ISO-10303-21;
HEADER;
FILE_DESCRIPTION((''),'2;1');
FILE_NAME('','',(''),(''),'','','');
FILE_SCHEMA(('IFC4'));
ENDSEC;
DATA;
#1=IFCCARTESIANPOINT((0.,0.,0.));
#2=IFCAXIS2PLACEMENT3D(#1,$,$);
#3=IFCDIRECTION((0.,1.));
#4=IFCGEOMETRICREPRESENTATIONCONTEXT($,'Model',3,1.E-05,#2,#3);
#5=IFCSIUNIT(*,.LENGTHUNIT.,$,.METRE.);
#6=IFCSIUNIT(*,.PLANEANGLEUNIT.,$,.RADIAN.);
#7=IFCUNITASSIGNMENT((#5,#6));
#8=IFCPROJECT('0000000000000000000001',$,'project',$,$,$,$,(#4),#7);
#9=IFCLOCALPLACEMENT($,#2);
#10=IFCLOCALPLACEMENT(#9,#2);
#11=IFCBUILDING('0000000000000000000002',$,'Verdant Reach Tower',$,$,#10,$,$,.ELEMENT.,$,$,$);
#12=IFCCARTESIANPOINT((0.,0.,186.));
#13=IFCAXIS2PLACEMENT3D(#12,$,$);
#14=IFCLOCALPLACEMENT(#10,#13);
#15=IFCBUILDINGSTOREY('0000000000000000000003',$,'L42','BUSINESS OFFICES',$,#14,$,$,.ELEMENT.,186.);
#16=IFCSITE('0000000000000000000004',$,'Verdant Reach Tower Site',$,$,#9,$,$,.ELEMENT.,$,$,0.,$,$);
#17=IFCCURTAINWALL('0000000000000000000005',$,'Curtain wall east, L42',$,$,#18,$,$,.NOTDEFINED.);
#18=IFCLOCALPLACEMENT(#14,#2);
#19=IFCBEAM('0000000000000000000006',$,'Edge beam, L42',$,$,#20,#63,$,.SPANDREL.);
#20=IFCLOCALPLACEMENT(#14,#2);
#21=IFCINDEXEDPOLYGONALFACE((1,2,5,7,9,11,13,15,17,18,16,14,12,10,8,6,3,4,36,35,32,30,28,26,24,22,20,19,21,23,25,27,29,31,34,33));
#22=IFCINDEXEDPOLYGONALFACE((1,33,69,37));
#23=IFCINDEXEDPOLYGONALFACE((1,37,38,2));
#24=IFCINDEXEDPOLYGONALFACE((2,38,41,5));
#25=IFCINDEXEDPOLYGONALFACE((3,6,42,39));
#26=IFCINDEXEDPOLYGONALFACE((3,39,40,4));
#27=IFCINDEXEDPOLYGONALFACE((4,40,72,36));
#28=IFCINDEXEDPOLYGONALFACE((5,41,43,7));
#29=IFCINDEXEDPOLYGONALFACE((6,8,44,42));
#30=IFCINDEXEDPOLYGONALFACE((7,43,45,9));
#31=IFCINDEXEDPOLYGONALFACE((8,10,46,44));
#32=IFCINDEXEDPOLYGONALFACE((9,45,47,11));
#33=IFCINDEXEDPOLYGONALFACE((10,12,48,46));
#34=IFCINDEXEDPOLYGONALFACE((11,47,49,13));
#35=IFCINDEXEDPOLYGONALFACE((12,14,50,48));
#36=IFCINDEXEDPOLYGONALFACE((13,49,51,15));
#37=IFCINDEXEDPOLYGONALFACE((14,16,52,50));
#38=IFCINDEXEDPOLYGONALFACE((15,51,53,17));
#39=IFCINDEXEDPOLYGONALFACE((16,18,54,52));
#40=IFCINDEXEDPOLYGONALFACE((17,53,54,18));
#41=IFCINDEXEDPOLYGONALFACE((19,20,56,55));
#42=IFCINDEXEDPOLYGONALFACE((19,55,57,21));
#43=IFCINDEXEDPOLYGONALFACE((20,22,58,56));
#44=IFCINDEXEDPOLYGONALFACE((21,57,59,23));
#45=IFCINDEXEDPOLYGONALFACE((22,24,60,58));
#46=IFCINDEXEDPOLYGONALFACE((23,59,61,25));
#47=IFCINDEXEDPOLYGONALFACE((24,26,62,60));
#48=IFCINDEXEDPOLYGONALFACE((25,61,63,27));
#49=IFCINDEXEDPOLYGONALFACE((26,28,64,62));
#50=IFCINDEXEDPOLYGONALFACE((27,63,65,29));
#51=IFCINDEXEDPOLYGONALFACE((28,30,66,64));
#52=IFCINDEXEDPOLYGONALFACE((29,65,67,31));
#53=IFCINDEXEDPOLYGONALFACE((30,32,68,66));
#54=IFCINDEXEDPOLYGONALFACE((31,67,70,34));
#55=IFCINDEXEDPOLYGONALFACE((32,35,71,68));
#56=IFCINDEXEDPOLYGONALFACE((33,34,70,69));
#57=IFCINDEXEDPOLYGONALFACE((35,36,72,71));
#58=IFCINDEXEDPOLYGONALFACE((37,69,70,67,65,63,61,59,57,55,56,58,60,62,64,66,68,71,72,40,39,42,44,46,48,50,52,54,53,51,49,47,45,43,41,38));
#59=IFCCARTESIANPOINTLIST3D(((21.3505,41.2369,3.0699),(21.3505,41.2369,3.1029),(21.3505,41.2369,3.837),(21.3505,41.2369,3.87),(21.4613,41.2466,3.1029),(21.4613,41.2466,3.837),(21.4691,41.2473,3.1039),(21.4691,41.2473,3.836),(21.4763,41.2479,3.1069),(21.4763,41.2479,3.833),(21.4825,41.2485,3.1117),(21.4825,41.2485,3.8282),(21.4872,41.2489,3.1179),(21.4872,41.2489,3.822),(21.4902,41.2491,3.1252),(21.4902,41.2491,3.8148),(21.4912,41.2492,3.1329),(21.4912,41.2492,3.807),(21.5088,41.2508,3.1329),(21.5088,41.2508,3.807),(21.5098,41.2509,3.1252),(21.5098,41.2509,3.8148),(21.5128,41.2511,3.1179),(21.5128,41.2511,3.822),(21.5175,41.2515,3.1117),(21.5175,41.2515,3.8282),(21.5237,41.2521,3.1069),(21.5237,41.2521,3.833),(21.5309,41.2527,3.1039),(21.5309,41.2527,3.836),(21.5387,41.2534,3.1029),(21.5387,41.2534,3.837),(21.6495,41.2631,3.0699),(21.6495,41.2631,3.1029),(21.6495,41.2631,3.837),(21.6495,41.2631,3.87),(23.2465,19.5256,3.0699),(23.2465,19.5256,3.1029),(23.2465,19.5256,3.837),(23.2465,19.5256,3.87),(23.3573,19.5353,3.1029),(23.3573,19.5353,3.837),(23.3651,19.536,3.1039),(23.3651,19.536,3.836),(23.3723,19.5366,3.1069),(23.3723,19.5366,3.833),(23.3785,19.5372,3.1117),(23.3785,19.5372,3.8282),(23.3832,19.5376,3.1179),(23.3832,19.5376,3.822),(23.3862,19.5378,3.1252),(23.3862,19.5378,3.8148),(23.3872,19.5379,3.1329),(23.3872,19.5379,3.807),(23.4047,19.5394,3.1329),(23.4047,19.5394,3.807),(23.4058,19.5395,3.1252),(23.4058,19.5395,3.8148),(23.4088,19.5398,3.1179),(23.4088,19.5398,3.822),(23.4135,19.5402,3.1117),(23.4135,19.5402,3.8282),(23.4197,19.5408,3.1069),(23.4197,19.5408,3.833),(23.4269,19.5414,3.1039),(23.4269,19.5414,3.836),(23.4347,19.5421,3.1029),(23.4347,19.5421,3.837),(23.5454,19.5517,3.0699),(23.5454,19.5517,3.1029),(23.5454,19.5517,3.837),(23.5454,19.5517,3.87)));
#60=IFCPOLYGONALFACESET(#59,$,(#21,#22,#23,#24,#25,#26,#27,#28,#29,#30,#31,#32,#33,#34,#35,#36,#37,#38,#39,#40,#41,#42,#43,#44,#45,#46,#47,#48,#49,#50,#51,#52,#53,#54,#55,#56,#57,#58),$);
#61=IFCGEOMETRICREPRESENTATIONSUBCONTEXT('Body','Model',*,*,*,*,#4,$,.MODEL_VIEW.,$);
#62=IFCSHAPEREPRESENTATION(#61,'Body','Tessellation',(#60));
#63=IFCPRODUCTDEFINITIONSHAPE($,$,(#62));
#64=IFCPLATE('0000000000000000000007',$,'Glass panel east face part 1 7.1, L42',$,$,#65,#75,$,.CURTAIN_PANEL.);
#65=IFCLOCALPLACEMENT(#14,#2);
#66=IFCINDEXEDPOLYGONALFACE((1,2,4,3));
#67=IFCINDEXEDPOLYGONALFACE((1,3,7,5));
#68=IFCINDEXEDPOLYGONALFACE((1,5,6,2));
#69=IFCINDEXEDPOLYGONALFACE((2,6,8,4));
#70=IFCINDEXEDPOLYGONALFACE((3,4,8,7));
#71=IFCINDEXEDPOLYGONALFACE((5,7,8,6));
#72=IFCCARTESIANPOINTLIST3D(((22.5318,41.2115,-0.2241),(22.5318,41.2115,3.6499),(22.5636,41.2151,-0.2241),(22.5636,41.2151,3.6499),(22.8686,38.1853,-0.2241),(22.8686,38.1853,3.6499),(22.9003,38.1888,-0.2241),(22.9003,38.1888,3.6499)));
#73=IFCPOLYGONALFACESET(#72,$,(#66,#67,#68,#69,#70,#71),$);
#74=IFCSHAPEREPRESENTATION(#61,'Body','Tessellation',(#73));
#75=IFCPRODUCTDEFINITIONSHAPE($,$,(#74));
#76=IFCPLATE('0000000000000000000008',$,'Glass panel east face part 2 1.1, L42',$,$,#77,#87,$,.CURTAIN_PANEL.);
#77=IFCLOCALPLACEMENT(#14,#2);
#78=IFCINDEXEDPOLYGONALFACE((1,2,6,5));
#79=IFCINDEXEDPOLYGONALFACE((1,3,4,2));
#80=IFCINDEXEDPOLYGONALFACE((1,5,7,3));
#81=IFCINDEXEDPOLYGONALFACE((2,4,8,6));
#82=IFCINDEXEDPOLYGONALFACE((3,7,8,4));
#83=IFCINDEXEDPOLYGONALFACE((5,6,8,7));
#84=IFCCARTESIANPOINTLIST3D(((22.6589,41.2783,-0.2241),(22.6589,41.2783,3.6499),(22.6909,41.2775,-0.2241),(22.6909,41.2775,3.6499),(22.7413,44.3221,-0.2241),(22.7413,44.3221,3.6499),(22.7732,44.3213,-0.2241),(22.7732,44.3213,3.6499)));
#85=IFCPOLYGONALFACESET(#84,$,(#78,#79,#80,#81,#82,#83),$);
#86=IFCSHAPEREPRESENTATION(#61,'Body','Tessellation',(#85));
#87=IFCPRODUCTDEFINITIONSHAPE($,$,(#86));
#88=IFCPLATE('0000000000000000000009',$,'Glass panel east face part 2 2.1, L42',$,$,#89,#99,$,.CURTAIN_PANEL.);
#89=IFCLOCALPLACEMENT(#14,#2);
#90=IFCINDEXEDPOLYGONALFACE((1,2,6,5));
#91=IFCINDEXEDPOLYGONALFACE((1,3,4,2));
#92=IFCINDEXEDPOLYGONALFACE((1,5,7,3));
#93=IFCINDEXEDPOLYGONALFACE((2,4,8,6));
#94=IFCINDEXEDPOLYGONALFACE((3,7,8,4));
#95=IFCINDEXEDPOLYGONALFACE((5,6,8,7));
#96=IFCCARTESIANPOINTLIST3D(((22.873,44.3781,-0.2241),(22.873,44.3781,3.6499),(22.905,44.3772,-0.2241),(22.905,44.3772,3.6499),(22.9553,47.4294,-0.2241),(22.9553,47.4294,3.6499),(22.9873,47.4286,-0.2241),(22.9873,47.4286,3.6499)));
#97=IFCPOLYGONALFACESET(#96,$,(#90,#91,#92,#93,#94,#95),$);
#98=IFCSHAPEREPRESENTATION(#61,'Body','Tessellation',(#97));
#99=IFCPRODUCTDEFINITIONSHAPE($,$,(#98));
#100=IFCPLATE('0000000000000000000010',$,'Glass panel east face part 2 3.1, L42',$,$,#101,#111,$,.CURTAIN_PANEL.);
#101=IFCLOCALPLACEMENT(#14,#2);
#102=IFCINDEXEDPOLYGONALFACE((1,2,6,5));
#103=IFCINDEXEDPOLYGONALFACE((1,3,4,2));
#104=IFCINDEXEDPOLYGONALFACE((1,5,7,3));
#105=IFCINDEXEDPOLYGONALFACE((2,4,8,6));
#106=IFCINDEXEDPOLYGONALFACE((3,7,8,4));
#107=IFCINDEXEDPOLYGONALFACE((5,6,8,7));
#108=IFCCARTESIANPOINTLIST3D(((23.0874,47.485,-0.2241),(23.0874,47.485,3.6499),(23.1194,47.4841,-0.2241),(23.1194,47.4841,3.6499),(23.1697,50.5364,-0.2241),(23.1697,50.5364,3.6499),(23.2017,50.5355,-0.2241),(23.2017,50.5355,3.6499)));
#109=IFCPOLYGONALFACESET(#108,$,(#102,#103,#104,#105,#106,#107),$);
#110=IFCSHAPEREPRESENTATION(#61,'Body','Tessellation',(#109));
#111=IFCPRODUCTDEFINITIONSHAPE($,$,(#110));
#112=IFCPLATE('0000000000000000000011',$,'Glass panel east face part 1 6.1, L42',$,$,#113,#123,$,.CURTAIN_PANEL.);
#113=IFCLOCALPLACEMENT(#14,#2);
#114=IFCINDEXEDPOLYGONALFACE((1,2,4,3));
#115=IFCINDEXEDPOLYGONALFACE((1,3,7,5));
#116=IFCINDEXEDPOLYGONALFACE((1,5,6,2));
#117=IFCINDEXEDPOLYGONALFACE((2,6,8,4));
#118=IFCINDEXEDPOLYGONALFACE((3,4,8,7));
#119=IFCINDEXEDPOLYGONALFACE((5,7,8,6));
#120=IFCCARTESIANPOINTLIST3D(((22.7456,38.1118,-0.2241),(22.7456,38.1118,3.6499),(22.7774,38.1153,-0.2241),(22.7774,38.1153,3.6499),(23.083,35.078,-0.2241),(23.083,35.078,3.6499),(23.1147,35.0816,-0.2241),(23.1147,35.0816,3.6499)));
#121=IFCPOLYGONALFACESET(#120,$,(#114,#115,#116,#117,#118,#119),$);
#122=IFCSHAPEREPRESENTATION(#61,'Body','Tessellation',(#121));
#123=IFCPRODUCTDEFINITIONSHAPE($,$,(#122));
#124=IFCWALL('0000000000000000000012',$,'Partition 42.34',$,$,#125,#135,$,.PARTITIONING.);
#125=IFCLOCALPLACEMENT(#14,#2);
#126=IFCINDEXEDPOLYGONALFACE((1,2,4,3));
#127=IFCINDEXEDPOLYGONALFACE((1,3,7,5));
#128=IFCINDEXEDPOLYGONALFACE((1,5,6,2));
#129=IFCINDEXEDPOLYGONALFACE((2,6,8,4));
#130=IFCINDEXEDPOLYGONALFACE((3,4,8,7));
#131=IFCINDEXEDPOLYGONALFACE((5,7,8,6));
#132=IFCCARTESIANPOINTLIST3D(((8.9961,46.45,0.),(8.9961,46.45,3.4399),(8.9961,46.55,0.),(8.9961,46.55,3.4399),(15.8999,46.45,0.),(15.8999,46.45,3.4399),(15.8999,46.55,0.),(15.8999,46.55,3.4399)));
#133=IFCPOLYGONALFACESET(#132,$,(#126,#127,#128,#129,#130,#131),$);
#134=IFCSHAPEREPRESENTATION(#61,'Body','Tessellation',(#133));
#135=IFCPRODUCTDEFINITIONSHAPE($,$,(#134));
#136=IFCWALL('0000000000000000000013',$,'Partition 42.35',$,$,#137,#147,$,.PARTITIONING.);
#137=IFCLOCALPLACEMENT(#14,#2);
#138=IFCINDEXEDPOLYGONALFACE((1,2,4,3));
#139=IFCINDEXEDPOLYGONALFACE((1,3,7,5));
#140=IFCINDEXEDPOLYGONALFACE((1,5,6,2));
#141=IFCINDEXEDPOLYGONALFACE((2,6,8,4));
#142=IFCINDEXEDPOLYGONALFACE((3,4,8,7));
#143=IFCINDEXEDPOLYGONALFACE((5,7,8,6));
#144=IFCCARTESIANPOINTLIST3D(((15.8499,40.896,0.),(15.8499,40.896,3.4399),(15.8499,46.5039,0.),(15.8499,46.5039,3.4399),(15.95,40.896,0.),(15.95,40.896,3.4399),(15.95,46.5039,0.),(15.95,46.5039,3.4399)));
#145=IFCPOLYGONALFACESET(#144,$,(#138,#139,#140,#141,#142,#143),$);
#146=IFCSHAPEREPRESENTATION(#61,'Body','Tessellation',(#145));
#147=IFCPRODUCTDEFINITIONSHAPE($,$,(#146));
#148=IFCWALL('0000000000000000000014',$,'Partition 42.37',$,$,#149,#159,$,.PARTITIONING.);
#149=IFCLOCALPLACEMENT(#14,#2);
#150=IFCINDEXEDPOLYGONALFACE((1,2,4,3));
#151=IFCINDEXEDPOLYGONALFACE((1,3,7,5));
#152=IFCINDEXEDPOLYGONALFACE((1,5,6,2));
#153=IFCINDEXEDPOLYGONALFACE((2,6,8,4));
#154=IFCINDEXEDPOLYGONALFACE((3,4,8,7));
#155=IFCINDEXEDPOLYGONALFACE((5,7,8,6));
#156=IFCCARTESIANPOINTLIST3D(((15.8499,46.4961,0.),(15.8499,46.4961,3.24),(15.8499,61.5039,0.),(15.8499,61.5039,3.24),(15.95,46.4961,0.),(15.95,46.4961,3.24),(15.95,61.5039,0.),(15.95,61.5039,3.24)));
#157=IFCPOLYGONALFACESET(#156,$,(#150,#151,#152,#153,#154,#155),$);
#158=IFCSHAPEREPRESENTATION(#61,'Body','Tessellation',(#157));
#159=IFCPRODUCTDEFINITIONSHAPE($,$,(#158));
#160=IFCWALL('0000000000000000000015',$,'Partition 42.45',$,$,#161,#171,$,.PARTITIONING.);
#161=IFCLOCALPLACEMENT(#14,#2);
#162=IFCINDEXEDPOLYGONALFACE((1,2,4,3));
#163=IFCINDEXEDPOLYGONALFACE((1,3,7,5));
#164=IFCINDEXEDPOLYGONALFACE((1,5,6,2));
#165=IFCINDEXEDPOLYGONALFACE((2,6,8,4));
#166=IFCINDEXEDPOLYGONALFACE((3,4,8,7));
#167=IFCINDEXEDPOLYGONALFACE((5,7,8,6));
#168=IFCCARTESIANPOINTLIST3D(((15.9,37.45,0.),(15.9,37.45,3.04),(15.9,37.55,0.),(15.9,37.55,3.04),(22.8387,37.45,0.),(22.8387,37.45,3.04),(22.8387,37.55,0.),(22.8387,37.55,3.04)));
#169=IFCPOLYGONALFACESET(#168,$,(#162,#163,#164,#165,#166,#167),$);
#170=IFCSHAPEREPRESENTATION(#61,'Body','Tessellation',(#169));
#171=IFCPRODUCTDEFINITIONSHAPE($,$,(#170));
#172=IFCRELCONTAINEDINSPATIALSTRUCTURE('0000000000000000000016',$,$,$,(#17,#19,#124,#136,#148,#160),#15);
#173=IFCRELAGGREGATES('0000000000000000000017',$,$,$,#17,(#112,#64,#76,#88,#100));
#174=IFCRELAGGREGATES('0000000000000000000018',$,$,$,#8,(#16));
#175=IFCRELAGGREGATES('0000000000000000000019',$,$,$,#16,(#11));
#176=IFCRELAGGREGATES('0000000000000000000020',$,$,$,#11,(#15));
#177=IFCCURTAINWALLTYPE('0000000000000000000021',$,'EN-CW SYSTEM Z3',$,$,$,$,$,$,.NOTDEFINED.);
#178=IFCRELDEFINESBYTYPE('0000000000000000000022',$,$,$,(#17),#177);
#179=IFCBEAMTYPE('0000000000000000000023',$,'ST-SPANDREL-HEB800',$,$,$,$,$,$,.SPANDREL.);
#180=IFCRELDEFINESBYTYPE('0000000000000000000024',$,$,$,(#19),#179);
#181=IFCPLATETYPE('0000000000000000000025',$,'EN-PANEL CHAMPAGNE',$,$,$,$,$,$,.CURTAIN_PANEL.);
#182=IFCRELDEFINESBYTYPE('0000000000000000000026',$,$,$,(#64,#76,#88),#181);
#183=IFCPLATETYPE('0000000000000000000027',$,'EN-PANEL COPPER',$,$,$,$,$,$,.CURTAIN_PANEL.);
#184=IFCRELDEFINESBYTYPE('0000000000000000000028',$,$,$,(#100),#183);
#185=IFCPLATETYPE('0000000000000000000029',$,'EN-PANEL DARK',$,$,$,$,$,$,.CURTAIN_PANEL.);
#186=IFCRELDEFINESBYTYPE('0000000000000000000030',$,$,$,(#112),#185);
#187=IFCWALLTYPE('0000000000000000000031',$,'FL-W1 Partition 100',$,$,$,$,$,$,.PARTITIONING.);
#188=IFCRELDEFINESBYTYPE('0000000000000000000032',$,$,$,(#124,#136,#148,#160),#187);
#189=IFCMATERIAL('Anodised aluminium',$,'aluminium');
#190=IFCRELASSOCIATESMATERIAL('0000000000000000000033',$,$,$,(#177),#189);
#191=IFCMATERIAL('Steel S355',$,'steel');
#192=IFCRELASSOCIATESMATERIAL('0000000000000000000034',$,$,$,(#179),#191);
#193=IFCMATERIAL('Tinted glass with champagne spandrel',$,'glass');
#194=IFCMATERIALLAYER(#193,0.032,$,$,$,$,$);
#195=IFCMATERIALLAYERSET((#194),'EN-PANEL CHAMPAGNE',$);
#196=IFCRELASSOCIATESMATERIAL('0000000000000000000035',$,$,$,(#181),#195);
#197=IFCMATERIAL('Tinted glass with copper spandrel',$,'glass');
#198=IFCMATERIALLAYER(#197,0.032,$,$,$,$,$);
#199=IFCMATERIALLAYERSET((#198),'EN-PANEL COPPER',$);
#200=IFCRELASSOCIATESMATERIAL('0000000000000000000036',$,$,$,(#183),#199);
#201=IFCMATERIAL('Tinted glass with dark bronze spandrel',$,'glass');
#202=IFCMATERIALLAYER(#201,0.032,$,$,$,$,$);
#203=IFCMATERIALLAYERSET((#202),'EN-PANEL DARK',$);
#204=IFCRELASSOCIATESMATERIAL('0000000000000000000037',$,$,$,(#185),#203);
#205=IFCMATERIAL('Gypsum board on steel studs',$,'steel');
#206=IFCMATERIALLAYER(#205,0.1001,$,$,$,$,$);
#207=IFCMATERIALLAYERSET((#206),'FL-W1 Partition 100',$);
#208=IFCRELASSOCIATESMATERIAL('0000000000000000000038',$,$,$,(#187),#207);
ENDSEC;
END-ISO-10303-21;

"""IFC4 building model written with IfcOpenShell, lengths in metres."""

from ifc_helpers import new_model, si_unit, direction, frame, frame_2d, origin, origin_2d, place, context, subcontext, project, spatial, rectangle, i_section, extrude, material, layer, layer_set, material_profile, profile_set, type_object, element, aggregate, save


model = new_model("IFC4")

# Units and contexts
model_context = context("Model", 3, precision=1e-05, world=origin(), true_north=direction((0.0, 1.0)))
body_context = subcontext(model_context, "Body", "Model", "MODEL_VIEW")
ifc_project = project(units=[si_unit("LENGTHUNIT", "METRE"), si_unit("PLANEANGLEUNIT", "RADIAN")], contexts=[model_context])

# Site, building, storey
site_placement = place(None, origin())
site = spatial("IfcSite", under=ifc_project, at=site_placement, Name="Verdant Reach Tower Site", CompositionType="ELEMENT", RefElevation=0.0)
building_placement = place(site_placement, origin())
building = spatial("IfcBuilding", under=site, at=building_placement, Name="Verdant Reach Tower", CompositionType="ELEMENT")
storey_placement = place(building_placement, frame((0.0, 0.0, 186.0)))
storey = spatial("IfcBuildingStorey", under=building, at=storey_placement, Name="L42", Description="BUSINESS OFFICES", CompositionType="ELEMENT", Elevation=186.0)

# Curtain wall
ifc_material_1 = material(Name="Anodised aluminium", Category="aluminium")
curtain_wall_type = type_object("IfcCurtainWallType", Name="EN-CW SYSTEM Z3", PredefinedType="NOTDEFINED", material=ifc_material_1)
curtain_wall_placement = place(storey_placement, origin())
curtain_wall = element("IfcCurtainWall", 1, at=curtain_wall_placement, inside=storey, type_object=curtain_wall_type, Name="Curtain wall east, L42", PredefinedType="NOTDEFINED")

# Beam
ifc_material_2 = material(Name="Steel S355", Category="steel")
ifc_material_profile_1 = material_profile(ifc_material_2, i_section(OverallWidth=0.3, OverallDepth=0.8, WebThickness=0.0176, FlangeThickness=0.033, FilletRadius=0.03, at=origin_2d()), Name="HEB 800")
ifc_profile_set_1 = profile_set([ifc_material_profile_1], Name="Steel S355")
beam_type_1 = type_object("IfcBeamType", Name="ST-SPANDREL-HEB800", PredefinedType="SPANDREL", material=ifc_profile_set_1)
beam_1_placement = place(storey_placement, frame((21.5, 41.25, 3.47), z_axis=(0.086996, -0.996209, 0.0), x_axis=(0.996209, 0.086996, 0.0)))
element("IfcBeam", 2, at=beam_1_placement, inside=storey, type_object=beam_type_1, Name="Edge beam, L42", PredefinedType="SPANDREL", context=body_context, shape_type="SweptSolid", body=[
    extrude(i_section(OverallWidth=0.3, OverallDepth=0.8, WebThickness=0.0176, FlangeThickness=0.033, FilletRadius=0.03, at=origin_2d()), origin(), (0.0, 0.0, 1.0), 21.7939),
])

# Plates
ifc_material_3 = material(Name="Tinted glass with champagne spandrel", Category="glass")
ifc_layer_1 = layer(ifc_material_3, 0.032)
ifc_layer_set_1 = layer_set([ifc_layer_1], Name="EN-PANEL CHAMPAGNE")
plate_type_1 = type_object("IfcPlateType", Name="EN-PANEL CHAMPAGNE", PredefinedType="CURTAIN_PANEL", material=ifc_layer_set_1)
plate_1_placement = place(storey_placement, frame((22.7161, 39.7002, -0.2241), z_axis=(0.0, 0.0, 1.0), x_axis=(-0.110601, 0.993865, 0.0)))
plate_1 = element("IfcPlate", 3, at=plate_1_placement, type_object=plate_type_1, Name="Glass panel east face part 1 7.1, L42", PredefinedType="CURTAIN_PANEL", context=body_context, shape_type="SweptSolid", body=[
    extrude(rectangle(XDim=3.0449, YDim=0.032, at=origin_2d()), origin(), (0.0, 0.0, 1.0), 3.874),
])
plate_2_placement = place(storey_placement, frame((22.7161, 42.7998, -0.2241), z_axis=(0.0, 0.0, 1.0), x_axis=(0.027048, 0.999634, 0.0)))
plate_2 = element("IfcPlate", 4, at=plate_2_placement, type_object=plate_type_1, Name="Glass panel east face part 2 1.1, L42", PredefinedType="CURTAIN_PANEL", context=body_context, shape_type="SweptSolid", body=[
    extrude(rectangle(XDim=3.0449, YDim=0.032, at=origin_2d()), origin(), (0.0, 0.0, 1.0), 3.874),
])
plate_3_placement = place(storey_placement, frame((22.9302, 45.9033, -0.2241), z_axis=(0.0, 0.0, 1.0), x_axis=(0.026965, 0.999636, 0.0)))
plate_3 = element("IfcPlate", 5, at=plate_3_placement, type_object=plate_type_1, Name="Glass panel east face part 2 2.1, L42", PredefinedType="CURTAIN_PANEL", context=body_context, shape_type="SweptSolid", body=[
    extrude(rectangle(XDim=3.0525, YDim=0.032, at=origin_2d()), origin(), (0.0, 0.0, 1.0), 3.874),
])
ifc_material_4 = material(Name="Tinted glass with copper spandrel", Category="glass")
ifc_layer_2 = layer(ifc_material_4, 0.032)
ifc_layer_set_2 = layer_set([ifc_layer_2], Name="EN-PANEL COPPER")
plate_type_2 = type_object("IfcPlateType", Name="EN-PANEL COPPER", PredefinedType="CURTAIN_PANEL", material=ifc_layer_set_2)
plate_4_placement = place(storey_placement, frame((23.1445, 49.0103, -0.2241), z_axis=(0.0, 0.0, 1.0), x_axis=(0.026965, 0.999636, 0.0)))
plate_4 = element("IfcPlate", 6, at=plate_4_placement, type_object=plate_type_2, Name="Glass panel east face part 2 3.1, L42", PredefinedType="CURTAIN_PANEL", context=body_context, shape_type="SweptSolid", body=[
    extrude(rectangle(XDim=3.0525, YDim=0.032, at=origin_2d()), origin(), (0.0, 0.0, 1.0), 3.874),
])
ifc_material_5 = material(Name="Tinted glass with dark bronze spandrel", Category="glass")
ifc_layer_3 = layer(ifc_material_5, 0.032)
ifc_layer_set_3 = layer_set([ifc_layer_3], Name="EN-PANEL DARK")
plate_type_3 = type_object("IfcPlateType", Name="EN-PANEL DARK", PredefinedType="CURTAIN_PANEL", material=ifc_layer_set_3)
plate_5_placement = place(storey_placement, frame((22.9302, 36.5967, -0.2241), z_axis=(0.0, 0.0, 1.0), x_axis=(-0.110518, 0.993874, 0.0)))
plate_5 = element("IfcPlate", 7, at=plate_5_placement, type_object=plate_type_3, Name="Glass panel east face part 1 6.1, L42", PredefinedType="CURTAIN_PANEL", context=body_context, shape_type="SweptSolid", body=[
    extrude(rectangle(XDim=3.0525, YDim=0.032, at=origin_2d()), origin(), (0.0, 0.0, 1.0), 3.874),
])
aggregate(curtain_wall, [plate_5, plate_1, plate_2, plate_3, plate_4])

# Walls
ifc_material_6 = material(Name="Gypsum board on steel studs", Category="steel")
ifc_layer_4 = layer(ifc_material_6, 0.1001)
ifc_layer_set_4 = layer_set([ifc_layer_4], Name="FL-W1 Partition 100")
wall_type_1 = type_object("IfcWallType", Name="FL-W1 Partition 100", PredefinedType="PARTITIONING", material=ifc_layer_set_4)
wall_1_placement = place(storey_placement, frame((15.8999, 46.5, 0.0), z_axis=(0.0, 0.0, 1.0), x_axis=(-1.0, 0.0, 0.0)))
element("IfcWall", 8, at=wall_1_placement, inside=storey, type_object=wall_type_1, Name="Partition 42.34", PredefinedType="PARTITIONING", context=body_context, shape_type="SweptSolid", body=[
    extrude(rectangle(XDim=6.9038, YDim=0.1001, at=frame_2d((3.4519, 0.0))), origin(), (0.0, 0.0, 1.0), 3.4399),
])
wall_2_placement = place(storey_placement, frame((15.8999, 40.896, 0.0), z_axis=(0.0, 0.0, 1.0), x_axis=(0.0, 1.0, 0.0)))
element("IfcWall", 9, at=wall_2_placement, inside=storey, type_object=wall_type_1, Name="Partition 42.35", PredefinedType="PARTITIONING", context=body_context, shape_type="SweptSolid", body=[
    extrude(rectangle(XDim=5.6079, YDim=0.1001, at=frame_2d((2.804, 0.0))), origin(), (0.0, 0.0, 1.0), 3.4399),
])
wall_3_placement = place(storey_placement, frame((15.8999, 46.4961, 0.0), z_axis=(0.0, 0.0, 1.0), x_axis=(0.0, 1.0, 0.0)))
element("IfcWall", 10, at=wall_3_placement, inside=storey, type_object=wall_type_1, Name="Partition 42.37", PredefinedType="PARTITIONING", context=body_context, shape_type="SweptSolid", body=[
    extrude(rectangle(XDim=15.0078, YDim=0.1001, at=frame_2d((7.5039, 0.0))), origin(), (0.0, 0.0, 1.0), 3.24),
])
wall_4_placement = place(storey_placement, frame((22.8386, 37.5, 0.0), z_axis=(0.0, 0.0, 1.0), x_axis=(-1.0, 0.0, 0.0)))
element("IfcWall", 11, at=wall_4_placement, inside=storey, type_object=wall_type_1, Name="Partition 42.45", PredefinedType="PARTITIONING", context=body_context, shape_type="SweptSolid", body=[
    extrude(rectangle(XDim=6.9387, YDim=0.1001, at=frame_2d((3.4692, 0.0))), origin(), (0.0, 0.0, 1.0), 3.04),
])

save(model, "model.ifc")
